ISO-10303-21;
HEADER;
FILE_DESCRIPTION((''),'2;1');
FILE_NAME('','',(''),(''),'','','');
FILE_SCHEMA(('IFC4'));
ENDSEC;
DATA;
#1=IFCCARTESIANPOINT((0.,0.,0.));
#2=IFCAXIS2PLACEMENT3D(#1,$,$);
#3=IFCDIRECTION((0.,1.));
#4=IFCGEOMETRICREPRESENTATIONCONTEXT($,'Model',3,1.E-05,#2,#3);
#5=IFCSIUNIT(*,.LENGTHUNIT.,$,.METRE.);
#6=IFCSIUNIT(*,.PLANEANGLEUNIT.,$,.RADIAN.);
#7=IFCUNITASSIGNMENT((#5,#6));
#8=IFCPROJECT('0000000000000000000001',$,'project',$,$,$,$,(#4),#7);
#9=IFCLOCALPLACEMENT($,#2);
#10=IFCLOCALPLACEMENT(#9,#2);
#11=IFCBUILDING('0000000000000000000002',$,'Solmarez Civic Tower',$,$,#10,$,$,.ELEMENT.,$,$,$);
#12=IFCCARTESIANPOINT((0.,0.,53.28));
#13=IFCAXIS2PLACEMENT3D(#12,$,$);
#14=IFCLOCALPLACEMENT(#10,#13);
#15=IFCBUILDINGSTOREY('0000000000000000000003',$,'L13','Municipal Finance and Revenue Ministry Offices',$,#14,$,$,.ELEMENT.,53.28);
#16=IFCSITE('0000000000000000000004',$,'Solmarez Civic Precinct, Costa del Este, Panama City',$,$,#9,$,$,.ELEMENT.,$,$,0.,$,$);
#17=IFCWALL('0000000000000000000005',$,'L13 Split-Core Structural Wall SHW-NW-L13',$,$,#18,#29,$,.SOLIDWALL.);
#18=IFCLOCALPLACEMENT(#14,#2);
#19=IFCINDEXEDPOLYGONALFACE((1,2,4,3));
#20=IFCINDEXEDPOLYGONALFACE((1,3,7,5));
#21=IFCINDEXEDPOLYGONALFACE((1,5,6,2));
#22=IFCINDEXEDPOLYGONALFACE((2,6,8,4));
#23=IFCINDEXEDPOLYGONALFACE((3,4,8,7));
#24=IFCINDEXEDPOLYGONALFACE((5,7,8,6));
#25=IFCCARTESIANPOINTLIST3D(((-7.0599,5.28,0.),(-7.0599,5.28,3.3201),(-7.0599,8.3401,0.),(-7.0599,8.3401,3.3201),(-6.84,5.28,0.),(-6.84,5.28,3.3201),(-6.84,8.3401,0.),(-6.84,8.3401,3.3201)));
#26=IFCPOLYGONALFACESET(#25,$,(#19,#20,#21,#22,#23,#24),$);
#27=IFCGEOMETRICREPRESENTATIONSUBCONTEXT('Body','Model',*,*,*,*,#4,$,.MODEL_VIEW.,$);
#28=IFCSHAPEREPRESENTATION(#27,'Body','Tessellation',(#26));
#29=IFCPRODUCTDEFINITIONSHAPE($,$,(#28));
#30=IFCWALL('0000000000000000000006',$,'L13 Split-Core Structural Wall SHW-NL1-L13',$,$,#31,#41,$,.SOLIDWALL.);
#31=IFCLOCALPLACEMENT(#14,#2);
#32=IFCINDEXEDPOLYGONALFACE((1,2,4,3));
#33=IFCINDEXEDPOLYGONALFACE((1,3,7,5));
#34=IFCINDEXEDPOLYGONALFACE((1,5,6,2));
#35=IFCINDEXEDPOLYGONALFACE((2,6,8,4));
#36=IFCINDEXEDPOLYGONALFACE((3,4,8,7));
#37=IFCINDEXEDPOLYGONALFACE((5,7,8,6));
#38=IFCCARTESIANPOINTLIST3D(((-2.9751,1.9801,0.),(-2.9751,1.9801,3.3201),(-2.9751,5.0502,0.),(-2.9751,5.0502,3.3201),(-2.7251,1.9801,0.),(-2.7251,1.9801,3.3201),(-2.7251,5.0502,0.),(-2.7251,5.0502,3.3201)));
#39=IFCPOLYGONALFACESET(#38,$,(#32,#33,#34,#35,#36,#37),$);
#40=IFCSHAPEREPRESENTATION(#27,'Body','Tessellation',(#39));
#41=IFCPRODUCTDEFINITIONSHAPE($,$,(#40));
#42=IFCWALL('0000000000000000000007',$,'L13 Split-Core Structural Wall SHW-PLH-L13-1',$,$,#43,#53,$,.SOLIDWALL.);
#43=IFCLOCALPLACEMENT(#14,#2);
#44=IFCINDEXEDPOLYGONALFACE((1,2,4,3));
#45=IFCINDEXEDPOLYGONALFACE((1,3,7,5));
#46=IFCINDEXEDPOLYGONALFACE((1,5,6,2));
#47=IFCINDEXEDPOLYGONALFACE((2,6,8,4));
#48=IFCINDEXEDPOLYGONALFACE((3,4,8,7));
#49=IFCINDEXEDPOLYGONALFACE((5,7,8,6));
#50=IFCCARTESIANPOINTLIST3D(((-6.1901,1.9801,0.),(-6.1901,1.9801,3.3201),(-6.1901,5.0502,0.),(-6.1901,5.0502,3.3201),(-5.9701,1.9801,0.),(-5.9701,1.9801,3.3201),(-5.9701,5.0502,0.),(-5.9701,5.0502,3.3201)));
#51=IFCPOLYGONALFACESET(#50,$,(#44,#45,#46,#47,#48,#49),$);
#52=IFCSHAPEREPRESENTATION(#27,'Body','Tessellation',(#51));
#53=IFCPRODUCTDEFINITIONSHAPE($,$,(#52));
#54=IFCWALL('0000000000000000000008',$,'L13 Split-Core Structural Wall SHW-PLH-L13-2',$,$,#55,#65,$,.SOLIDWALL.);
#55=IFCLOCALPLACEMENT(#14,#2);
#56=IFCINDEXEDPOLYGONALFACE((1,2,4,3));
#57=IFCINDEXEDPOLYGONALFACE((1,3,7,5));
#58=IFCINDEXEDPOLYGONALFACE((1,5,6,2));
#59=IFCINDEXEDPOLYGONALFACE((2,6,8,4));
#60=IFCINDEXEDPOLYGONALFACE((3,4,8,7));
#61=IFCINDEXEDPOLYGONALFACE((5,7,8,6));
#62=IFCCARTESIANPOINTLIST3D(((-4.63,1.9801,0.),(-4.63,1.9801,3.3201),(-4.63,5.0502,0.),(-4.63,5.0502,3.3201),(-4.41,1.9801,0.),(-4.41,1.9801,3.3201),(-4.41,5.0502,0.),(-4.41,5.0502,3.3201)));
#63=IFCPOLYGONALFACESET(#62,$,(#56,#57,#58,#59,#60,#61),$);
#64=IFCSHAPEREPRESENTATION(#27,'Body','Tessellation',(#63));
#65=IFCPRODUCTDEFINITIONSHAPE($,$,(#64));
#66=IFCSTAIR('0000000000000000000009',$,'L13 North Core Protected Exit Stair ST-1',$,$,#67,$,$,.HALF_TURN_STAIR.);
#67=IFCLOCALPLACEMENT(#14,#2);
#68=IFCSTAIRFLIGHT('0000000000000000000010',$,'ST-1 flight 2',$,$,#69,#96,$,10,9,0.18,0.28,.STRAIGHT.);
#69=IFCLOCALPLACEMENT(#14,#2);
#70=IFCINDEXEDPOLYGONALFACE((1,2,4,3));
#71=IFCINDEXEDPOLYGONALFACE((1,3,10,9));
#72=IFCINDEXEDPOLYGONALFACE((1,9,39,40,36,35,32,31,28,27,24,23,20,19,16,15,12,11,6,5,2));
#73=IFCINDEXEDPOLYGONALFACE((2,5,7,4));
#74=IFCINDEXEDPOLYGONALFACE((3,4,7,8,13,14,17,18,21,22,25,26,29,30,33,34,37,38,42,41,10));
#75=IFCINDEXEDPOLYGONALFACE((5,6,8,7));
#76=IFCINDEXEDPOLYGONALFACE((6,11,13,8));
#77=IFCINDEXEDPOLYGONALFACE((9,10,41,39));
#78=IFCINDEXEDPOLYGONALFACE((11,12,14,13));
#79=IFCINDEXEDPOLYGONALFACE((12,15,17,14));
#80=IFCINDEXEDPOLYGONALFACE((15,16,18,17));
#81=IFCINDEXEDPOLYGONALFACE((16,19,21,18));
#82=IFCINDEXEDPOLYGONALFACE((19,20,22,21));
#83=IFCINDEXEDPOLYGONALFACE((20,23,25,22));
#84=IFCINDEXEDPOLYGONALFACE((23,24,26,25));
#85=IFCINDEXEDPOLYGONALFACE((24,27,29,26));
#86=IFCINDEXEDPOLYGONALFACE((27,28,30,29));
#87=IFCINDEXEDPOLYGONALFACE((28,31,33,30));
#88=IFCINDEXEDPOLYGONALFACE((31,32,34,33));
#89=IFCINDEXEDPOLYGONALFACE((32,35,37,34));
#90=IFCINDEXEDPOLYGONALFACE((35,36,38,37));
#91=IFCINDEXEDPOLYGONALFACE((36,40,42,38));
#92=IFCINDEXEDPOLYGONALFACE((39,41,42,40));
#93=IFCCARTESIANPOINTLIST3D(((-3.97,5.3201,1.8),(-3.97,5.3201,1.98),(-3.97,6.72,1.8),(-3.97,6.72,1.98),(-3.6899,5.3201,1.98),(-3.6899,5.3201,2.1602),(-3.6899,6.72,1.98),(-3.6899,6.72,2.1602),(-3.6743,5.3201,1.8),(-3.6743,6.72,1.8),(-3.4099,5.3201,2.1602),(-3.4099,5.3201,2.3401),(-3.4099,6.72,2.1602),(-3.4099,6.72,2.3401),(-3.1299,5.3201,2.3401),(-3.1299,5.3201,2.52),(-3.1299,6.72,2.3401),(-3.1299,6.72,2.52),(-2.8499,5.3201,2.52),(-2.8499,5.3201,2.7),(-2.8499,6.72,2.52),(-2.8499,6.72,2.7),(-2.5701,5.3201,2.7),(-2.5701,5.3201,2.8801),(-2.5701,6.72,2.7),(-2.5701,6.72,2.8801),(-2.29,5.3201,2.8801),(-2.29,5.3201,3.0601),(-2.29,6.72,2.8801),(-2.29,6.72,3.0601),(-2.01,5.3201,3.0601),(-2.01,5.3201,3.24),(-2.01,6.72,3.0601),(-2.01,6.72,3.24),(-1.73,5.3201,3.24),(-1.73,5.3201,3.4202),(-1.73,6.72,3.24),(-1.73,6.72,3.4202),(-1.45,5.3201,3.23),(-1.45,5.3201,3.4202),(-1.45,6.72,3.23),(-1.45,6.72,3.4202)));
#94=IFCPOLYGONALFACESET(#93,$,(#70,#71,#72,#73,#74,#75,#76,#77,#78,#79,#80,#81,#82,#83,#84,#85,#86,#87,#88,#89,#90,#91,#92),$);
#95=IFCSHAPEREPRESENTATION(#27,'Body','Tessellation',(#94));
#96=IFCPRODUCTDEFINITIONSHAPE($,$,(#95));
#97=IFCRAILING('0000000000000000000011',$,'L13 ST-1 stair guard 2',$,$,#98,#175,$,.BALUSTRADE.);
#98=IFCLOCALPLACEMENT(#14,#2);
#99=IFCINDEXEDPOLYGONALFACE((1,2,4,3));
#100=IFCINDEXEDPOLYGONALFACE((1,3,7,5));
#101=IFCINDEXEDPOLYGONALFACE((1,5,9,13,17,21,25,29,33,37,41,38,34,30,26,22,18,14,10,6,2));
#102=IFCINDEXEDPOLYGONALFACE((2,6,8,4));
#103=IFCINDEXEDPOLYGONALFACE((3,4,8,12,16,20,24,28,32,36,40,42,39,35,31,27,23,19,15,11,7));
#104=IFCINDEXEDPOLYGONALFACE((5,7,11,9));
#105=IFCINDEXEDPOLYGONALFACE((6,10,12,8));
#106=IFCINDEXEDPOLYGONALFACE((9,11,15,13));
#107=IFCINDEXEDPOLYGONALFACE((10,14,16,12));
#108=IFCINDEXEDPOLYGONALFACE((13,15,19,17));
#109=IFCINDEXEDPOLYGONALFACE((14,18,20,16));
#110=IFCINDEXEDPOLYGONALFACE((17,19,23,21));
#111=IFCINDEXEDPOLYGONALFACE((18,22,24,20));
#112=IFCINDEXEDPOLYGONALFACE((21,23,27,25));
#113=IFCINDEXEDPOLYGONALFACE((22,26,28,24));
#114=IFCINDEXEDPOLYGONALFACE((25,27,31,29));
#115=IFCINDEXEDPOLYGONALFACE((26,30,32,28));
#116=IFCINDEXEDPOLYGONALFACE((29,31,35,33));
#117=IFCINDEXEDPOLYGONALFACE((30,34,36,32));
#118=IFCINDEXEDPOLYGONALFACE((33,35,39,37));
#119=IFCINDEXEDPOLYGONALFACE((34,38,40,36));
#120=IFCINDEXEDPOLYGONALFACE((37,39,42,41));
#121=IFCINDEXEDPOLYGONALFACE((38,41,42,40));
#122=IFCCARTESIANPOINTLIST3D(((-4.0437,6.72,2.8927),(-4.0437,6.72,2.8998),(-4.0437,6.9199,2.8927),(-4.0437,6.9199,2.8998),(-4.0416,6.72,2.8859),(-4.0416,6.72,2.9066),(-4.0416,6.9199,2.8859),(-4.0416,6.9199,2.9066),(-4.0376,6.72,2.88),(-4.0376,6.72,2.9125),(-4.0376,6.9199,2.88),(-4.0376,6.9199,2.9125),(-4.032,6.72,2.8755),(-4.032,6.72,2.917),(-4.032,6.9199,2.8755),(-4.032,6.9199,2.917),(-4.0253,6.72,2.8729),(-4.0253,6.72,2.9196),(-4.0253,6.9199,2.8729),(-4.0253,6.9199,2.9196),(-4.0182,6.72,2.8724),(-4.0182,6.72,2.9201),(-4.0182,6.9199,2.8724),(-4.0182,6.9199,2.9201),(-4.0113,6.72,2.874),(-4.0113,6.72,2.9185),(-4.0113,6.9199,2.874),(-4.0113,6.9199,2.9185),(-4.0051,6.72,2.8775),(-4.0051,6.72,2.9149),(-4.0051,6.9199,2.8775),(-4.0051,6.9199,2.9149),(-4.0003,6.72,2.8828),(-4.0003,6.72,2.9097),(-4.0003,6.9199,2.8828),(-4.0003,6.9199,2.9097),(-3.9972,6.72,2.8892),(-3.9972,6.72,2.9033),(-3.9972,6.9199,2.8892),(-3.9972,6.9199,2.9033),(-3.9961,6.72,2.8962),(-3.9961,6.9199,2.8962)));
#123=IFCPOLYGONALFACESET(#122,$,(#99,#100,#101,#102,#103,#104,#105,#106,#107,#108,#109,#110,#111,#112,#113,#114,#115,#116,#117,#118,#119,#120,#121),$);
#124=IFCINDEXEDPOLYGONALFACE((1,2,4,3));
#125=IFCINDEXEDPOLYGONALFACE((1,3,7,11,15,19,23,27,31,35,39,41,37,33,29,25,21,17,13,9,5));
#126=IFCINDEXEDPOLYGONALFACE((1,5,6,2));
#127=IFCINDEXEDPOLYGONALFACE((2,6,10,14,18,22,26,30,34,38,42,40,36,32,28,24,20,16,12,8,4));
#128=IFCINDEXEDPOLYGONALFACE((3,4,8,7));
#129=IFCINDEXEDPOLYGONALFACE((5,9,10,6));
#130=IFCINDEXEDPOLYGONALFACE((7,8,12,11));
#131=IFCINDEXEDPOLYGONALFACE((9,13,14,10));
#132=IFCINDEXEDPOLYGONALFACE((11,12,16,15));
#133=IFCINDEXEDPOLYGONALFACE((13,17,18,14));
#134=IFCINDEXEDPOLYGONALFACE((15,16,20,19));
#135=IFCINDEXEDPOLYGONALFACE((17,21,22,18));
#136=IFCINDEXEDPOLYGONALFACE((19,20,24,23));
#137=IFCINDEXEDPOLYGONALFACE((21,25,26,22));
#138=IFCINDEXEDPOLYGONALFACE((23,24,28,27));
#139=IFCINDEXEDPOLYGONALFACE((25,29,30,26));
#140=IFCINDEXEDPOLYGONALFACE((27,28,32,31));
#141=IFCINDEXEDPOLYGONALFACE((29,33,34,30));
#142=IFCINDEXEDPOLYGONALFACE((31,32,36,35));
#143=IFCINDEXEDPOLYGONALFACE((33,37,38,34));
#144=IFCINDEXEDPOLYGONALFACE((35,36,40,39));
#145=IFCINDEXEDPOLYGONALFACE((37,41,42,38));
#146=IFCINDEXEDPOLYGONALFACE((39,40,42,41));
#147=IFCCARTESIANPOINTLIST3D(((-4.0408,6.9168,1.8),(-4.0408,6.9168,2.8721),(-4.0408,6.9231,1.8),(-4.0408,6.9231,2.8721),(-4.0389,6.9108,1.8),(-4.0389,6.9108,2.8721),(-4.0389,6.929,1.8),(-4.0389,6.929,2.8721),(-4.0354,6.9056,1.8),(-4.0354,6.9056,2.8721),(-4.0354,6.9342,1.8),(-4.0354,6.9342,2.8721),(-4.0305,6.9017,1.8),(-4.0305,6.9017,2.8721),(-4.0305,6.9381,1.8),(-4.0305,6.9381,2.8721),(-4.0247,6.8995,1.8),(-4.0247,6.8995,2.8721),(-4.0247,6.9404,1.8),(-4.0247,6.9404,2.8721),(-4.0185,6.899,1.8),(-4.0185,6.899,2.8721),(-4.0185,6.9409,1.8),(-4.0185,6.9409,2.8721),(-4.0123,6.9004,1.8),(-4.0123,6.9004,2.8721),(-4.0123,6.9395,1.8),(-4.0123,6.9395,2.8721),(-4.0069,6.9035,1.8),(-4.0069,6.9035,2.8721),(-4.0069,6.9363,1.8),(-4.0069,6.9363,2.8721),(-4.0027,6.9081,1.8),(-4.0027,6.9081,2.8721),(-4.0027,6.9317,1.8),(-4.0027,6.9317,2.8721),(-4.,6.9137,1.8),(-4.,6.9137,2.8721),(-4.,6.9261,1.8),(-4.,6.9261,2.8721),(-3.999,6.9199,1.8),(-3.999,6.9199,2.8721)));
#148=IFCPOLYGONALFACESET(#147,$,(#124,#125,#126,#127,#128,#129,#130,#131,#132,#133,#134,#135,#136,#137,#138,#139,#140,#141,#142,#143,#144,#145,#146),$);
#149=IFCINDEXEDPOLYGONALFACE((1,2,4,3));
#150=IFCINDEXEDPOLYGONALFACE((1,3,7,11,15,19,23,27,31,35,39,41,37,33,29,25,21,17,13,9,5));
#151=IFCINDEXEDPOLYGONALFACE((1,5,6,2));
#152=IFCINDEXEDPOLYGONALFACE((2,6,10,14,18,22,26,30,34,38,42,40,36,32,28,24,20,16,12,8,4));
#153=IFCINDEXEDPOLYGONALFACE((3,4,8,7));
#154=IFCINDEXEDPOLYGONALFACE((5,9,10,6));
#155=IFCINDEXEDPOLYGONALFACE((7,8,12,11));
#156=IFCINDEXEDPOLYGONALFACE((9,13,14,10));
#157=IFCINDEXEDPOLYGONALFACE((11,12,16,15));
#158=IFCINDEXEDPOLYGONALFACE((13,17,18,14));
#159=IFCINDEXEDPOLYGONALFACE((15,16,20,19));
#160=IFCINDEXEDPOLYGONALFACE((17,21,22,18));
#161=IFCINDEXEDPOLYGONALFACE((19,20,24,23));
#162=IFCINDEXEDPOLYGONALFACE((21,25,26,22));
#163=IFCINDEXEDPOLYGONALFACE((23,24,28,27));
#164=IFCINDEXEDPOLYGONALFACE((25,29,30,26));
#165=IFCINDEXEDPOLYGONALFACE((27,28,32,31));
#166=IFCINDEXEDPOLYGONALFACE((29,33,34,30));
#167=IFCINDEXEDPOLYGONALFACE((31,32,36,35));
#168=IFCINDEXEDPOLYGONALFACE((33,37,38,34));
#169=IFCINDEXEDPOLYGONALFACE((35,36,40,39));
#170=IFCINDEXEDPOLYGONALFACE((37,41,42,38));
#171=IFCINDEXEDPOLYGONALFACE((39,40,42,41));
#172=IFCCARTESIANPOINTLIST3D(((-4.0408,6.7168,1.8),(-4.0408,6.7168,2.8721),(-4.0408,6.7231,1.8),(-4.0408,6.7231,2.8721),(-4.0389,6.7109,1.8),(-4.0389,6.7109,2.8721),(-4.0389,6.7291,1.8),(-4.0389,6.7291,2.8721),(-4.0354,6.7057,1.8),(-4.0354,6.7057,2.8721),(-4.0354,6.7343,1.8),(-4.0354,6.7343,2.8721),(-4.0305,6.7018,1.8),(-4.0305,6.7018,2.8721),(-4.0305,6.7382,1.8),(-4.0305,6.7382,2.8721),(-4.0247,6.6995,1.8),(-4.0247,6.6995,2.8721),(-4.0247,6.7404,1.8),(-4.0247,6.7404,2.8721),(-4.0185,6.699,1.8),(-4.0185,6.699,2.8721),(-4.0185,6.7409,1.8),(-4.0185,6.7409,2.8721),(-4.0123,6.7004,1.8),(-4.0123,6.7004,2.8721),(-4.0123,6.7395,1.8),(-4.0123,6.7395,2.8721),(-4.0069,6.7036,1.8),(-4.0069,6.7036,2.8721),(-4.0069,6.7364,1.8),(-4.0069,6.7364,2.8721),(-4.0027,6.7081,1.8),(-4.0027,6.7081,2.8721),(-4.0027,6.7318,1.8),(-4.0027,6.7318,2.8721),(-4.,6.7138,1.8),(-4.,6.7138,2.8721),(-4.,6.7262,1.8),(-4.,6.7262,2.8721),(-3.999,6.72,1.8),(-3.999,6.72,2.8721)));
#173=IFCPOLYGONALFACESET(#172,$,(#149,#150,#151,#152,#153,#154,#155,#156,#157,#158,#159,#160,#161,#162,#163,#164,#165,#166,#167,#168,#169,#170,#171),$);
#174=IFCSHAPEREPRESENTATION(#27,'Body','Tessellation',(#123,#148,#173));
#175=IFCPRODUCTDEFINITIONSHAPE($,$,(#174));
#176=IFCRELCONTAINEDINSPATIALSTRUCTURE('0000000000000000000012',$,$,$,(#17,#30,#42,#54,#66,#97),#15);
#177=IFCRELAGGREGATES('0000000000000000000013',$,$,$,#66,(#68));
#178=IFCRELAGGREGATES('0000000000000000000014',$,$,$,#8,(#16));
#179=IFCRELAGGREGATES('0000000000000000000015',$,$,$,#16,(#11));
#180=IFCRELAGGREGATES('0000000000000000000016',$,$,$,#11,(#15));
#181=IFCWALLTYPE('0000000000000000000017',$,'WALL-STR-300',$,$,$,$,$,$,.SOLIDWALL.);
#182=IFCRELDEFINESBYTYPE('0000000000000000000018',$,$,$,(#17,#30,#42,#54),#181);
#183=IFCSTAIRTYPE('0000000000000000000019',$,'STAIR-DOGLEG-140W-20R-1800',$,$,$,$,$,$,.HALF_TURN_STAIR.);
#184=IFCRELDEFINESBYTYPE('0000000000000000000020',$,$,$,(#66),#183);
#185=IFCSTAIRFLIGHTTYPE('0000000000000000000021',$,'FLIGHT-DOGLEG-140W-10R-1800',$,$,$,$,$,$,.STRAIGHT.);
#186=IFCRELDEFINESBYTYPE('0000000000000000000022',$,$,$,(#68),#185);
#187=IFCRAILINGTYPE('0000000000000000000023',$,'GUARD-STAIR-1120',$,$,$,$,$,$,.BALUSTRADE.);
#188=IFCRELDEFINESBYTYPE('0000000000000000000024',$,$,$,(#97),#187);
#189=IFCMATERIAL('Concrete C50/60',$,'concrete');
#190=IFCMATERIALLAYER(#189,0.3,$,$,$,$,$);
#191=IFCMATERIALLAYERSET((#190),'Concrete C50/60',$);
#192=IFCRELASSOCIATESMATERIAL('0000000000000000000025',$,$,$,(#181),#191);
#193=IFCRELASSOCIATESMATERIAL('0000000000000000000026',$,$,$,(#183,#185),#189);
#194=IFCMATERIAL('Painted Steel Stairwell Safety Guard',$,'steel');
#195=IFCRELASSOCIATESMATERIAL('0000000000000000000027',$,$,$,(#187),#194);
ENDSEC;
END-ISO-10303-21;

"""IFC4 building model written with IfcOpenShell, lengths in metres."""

from ifc_helpers import new_model, si_unit, direction, frame, frame_2d, origin, origin_2d, place, context, subcontext, project, spatial, polyline, rectangle, circle, outline, extrude, material, layer, layer_set, type_object, element, aggregate, save


model = new_model("IFC4")

# Units and contexts
model_context = context("Model", 3, precision=1e-05, world=origin(), true_north=direction((0.0, 1.0)))
body_context = subcontext(model_context, "Body", "Model", "MODEL_VIEW")
ifc_project = project(units=[si_unit("LENGTHUNIT", "METRE"), si_unit("PLANEANGLEUNIT", "RADIAN")], contexts=[model_context])

# Site, building, storey
site_placement = place(None, origin())
site = spatial("IfcSite", under=ifc_project, at=site_placement, Name="Solmarez Civic Precinct, Costa del Este, Panama City", CompositionType="ELEMENT", RefElevation=0.0)
building_placement = place(site_placement, origin())
building = spatial("IfcBuilding", under=site, at=building_placement, Name="Solmarez Civic Tower", CompositionType="ELEMENT")
storey_placement = place(building_placement, frame((0.0, 0.0, 53.28)))
storey = spatial("IfcBuildingStorey", under=building, at=storey_placement, Name="L13", Description="Municipal Finance and Revenue Ministry Offices", CompositionType="ELEMENT", Elevation=53.28)

# Walls
ifc_material_1 = material(Name="Concrete C50/60", Category="concrete")
ifc_layer_1 = layer(ifc_material_1, 0.3)
ifc_layer_set_1 = layer_set([ifc_layer_1], Name="Concrete C50/60")
wall_type_1 = type_object("IfcWallType", Name="WALL-STR-300", PredefinedType="SOLIDWALL", material=ifc_layer_set_1)
wall_1_placement = place(storey_placement, frame((-6.95, 5.28, 0.0), z_axis=(0.0, 0.0, 1.0), x_axis=(0.0, 1.0, 0.0)))
element("IfcWall", 1, at=wall_1_placement, inside=storey, type_object=wall_type_1, Name="L13 Split-Core Structural Wall SHW-NW-L13", PredefinedType="SOLIDWALL", context=body_context, shape_type="SweptSolid", body=[
    extrude(rectangle(XDim=3.0601, YDim=0.22, at=frame_2d((1.53, 0.0))), origin(), (0.0, 0.0, 1.0), 3.3201),
])
wall_2_placement = place(storey_placement, frame((-2.8501, 1.98, 0.0), z_axis=(0.0, 0.0, 1.0), x_axis=(0.0, 1.0, 0.0)))
element("IfcWall", 2, at=wall_2_placement, inside=storey, type_object=wall_type_1, Name="L13 Split-Core Structural Wall SHW-NL1-L13", PredefinedType="SOLIDWALL", context=body_context, shape_type="SweptSolid", body=[
    extrude(rectangle(XDim=3.0701, YDim=0.25, at=frame_2d((1.5352, 0.0))), origin(), (0.0, 0.0, 1.0), 3.3201),
])
for number, where, z_axis, x_axis, name in (
    (3, (-6.0801, 1.98, 0.0), (0.0, 0.0, 1.0), (0.0, 1.0, 0.0), "L13 Split-Core Structural Wall SHW-PLH-L13-1"),
    (4, (-4.52, 1.98, 0.0), (0.0, 0.0, 1.0), (0.0, 1.0, 0.0), "L13 Split-Core Structural Wall SHW-PLH-L13-2"),
):
    element("IfcWall", number, at=place(storey_placement, frame(where, z_axis=z_axis, x_axis=x_axis)), inside=storey, type_object=wall_type_1, Name=name, PredefinedType="SOLIDWALL", context=body_context, shape_type="SweptSolid", body=[
        extrude(rectangle(XDim=3.0701, YDim=0.22, at=frame_2d((1.5352, 0.0))), origin(), (0.0, 0.0, 1.0), 3.3201),
    ])

# Stair, stair flight
stair_type = type_object("IfcStairType", Name="STAIR-DOGLEG-140W-20R-1800", PredefinedType="HALF_TURN_STAIR", material=ifc_material_1)
stair_placement = place(storey_placement, origin())
stair = element("IfcStair", 5, at=stair_placement, inside=storey, type_object=stair_type, Name="L13 North Core Protected Exit Stair ST-1", PredefinedType="HALF_TURN_STAIR")
stair_flight_type = type_object("IfcStairFlightType", Name="FLIGHT-DOGLEG-140W-10R-1800", PredefinedType="STRAIGHT", material=ifc_material_1)
stair_flight_placement = place(storey_placement, frame((-3.97, 6.02, 1.8), z_axis=(0.0, 0.0, 1.0), x_axis=(1.0, 0.0, 0.0)))
stair_flight = element("IfcStairFlight", 6, at=stair_flight_placement, type_object=stair_flight_type, Name="ST-1 flight 2", NumberOfRisers=10, NumberOfTreads=9, PredefinedType="STRAIGHT", RiserHeight=0.18, TreadLength=0.28, context=body_context, shape_type="SweptSolid", body=[
    extrude(outline(polyline([(0.0, 0.0), (0.0, 0.1799), (0.28, 0.1799), (0.28, 0.3601), (0.5601, 0.3601), (0.5601, 0.54), (0.8401, 0.54), (0.8401, 0.72), (1.1201, 0.72), (1.1201, 0.8999), (1.3999, 0.8999), (1.3999, 1.0801), (1.6799, 1.0801), (1.6799, 1.26), (1.96, 1.26), (1.96, 1.4399), (2.24, 1.4399), (2.24, 1.6201), (2.52, 1.6201), (2.52, 1.8), (2.52, 1.4299), (0.2957, 0.0), (0.0, 0.0)])), frame((0.0, 0.7, 0.0), z_axis=(0.0, -1.0, 0.0), x_axis=(1.0, 0.0, 0.0)), (0.0, 0.0, 1.0), 1.3999),
])
aggregate(stair, [stair_flight])

# Railing
ifc_material_2 = material(Name="Painted Steel Stairwell Safety Guard", Category="steel")
railing_type_1 = type_object("IfcRailingType", Name="GUARD-STAIR-1120", PredefinedType="BALUSTRADE", material=ifc_material_2)
railing_1_placement = place(storey_placement, frame((-4.02, 6.9199, 1.8)))
element("IfcRailing", 7, at=railing_1_placement, inside=storey, type_object=railing_type_1, Name="L13 ST-1 stair guard 2", PredefinedType="BALUSTRADE", context=body_context, shape_type="SweptSolid", body=[
    extrude(circle(Radius=0.0239, at=origin_2d()), frame((0.0, 0.0, 1.0962), z_axis=(0.0, -1.0, 0.0), x_axis=(1.0, 0.0, 0.0)), (0.0, 0.0, 1.0), 0.2),
    extrude(circle(Radius=0.021, at=origin_2d()), origin(), (0.0, 0.0, 1.0), 1.072),
    extrude(circle(Radius=0.021, at=origin_2d()), frame((0.0, -0.2, 0.0)), (0.0, 0.0, 1.0), 1.072),
])

save(model, "model.ifc")
